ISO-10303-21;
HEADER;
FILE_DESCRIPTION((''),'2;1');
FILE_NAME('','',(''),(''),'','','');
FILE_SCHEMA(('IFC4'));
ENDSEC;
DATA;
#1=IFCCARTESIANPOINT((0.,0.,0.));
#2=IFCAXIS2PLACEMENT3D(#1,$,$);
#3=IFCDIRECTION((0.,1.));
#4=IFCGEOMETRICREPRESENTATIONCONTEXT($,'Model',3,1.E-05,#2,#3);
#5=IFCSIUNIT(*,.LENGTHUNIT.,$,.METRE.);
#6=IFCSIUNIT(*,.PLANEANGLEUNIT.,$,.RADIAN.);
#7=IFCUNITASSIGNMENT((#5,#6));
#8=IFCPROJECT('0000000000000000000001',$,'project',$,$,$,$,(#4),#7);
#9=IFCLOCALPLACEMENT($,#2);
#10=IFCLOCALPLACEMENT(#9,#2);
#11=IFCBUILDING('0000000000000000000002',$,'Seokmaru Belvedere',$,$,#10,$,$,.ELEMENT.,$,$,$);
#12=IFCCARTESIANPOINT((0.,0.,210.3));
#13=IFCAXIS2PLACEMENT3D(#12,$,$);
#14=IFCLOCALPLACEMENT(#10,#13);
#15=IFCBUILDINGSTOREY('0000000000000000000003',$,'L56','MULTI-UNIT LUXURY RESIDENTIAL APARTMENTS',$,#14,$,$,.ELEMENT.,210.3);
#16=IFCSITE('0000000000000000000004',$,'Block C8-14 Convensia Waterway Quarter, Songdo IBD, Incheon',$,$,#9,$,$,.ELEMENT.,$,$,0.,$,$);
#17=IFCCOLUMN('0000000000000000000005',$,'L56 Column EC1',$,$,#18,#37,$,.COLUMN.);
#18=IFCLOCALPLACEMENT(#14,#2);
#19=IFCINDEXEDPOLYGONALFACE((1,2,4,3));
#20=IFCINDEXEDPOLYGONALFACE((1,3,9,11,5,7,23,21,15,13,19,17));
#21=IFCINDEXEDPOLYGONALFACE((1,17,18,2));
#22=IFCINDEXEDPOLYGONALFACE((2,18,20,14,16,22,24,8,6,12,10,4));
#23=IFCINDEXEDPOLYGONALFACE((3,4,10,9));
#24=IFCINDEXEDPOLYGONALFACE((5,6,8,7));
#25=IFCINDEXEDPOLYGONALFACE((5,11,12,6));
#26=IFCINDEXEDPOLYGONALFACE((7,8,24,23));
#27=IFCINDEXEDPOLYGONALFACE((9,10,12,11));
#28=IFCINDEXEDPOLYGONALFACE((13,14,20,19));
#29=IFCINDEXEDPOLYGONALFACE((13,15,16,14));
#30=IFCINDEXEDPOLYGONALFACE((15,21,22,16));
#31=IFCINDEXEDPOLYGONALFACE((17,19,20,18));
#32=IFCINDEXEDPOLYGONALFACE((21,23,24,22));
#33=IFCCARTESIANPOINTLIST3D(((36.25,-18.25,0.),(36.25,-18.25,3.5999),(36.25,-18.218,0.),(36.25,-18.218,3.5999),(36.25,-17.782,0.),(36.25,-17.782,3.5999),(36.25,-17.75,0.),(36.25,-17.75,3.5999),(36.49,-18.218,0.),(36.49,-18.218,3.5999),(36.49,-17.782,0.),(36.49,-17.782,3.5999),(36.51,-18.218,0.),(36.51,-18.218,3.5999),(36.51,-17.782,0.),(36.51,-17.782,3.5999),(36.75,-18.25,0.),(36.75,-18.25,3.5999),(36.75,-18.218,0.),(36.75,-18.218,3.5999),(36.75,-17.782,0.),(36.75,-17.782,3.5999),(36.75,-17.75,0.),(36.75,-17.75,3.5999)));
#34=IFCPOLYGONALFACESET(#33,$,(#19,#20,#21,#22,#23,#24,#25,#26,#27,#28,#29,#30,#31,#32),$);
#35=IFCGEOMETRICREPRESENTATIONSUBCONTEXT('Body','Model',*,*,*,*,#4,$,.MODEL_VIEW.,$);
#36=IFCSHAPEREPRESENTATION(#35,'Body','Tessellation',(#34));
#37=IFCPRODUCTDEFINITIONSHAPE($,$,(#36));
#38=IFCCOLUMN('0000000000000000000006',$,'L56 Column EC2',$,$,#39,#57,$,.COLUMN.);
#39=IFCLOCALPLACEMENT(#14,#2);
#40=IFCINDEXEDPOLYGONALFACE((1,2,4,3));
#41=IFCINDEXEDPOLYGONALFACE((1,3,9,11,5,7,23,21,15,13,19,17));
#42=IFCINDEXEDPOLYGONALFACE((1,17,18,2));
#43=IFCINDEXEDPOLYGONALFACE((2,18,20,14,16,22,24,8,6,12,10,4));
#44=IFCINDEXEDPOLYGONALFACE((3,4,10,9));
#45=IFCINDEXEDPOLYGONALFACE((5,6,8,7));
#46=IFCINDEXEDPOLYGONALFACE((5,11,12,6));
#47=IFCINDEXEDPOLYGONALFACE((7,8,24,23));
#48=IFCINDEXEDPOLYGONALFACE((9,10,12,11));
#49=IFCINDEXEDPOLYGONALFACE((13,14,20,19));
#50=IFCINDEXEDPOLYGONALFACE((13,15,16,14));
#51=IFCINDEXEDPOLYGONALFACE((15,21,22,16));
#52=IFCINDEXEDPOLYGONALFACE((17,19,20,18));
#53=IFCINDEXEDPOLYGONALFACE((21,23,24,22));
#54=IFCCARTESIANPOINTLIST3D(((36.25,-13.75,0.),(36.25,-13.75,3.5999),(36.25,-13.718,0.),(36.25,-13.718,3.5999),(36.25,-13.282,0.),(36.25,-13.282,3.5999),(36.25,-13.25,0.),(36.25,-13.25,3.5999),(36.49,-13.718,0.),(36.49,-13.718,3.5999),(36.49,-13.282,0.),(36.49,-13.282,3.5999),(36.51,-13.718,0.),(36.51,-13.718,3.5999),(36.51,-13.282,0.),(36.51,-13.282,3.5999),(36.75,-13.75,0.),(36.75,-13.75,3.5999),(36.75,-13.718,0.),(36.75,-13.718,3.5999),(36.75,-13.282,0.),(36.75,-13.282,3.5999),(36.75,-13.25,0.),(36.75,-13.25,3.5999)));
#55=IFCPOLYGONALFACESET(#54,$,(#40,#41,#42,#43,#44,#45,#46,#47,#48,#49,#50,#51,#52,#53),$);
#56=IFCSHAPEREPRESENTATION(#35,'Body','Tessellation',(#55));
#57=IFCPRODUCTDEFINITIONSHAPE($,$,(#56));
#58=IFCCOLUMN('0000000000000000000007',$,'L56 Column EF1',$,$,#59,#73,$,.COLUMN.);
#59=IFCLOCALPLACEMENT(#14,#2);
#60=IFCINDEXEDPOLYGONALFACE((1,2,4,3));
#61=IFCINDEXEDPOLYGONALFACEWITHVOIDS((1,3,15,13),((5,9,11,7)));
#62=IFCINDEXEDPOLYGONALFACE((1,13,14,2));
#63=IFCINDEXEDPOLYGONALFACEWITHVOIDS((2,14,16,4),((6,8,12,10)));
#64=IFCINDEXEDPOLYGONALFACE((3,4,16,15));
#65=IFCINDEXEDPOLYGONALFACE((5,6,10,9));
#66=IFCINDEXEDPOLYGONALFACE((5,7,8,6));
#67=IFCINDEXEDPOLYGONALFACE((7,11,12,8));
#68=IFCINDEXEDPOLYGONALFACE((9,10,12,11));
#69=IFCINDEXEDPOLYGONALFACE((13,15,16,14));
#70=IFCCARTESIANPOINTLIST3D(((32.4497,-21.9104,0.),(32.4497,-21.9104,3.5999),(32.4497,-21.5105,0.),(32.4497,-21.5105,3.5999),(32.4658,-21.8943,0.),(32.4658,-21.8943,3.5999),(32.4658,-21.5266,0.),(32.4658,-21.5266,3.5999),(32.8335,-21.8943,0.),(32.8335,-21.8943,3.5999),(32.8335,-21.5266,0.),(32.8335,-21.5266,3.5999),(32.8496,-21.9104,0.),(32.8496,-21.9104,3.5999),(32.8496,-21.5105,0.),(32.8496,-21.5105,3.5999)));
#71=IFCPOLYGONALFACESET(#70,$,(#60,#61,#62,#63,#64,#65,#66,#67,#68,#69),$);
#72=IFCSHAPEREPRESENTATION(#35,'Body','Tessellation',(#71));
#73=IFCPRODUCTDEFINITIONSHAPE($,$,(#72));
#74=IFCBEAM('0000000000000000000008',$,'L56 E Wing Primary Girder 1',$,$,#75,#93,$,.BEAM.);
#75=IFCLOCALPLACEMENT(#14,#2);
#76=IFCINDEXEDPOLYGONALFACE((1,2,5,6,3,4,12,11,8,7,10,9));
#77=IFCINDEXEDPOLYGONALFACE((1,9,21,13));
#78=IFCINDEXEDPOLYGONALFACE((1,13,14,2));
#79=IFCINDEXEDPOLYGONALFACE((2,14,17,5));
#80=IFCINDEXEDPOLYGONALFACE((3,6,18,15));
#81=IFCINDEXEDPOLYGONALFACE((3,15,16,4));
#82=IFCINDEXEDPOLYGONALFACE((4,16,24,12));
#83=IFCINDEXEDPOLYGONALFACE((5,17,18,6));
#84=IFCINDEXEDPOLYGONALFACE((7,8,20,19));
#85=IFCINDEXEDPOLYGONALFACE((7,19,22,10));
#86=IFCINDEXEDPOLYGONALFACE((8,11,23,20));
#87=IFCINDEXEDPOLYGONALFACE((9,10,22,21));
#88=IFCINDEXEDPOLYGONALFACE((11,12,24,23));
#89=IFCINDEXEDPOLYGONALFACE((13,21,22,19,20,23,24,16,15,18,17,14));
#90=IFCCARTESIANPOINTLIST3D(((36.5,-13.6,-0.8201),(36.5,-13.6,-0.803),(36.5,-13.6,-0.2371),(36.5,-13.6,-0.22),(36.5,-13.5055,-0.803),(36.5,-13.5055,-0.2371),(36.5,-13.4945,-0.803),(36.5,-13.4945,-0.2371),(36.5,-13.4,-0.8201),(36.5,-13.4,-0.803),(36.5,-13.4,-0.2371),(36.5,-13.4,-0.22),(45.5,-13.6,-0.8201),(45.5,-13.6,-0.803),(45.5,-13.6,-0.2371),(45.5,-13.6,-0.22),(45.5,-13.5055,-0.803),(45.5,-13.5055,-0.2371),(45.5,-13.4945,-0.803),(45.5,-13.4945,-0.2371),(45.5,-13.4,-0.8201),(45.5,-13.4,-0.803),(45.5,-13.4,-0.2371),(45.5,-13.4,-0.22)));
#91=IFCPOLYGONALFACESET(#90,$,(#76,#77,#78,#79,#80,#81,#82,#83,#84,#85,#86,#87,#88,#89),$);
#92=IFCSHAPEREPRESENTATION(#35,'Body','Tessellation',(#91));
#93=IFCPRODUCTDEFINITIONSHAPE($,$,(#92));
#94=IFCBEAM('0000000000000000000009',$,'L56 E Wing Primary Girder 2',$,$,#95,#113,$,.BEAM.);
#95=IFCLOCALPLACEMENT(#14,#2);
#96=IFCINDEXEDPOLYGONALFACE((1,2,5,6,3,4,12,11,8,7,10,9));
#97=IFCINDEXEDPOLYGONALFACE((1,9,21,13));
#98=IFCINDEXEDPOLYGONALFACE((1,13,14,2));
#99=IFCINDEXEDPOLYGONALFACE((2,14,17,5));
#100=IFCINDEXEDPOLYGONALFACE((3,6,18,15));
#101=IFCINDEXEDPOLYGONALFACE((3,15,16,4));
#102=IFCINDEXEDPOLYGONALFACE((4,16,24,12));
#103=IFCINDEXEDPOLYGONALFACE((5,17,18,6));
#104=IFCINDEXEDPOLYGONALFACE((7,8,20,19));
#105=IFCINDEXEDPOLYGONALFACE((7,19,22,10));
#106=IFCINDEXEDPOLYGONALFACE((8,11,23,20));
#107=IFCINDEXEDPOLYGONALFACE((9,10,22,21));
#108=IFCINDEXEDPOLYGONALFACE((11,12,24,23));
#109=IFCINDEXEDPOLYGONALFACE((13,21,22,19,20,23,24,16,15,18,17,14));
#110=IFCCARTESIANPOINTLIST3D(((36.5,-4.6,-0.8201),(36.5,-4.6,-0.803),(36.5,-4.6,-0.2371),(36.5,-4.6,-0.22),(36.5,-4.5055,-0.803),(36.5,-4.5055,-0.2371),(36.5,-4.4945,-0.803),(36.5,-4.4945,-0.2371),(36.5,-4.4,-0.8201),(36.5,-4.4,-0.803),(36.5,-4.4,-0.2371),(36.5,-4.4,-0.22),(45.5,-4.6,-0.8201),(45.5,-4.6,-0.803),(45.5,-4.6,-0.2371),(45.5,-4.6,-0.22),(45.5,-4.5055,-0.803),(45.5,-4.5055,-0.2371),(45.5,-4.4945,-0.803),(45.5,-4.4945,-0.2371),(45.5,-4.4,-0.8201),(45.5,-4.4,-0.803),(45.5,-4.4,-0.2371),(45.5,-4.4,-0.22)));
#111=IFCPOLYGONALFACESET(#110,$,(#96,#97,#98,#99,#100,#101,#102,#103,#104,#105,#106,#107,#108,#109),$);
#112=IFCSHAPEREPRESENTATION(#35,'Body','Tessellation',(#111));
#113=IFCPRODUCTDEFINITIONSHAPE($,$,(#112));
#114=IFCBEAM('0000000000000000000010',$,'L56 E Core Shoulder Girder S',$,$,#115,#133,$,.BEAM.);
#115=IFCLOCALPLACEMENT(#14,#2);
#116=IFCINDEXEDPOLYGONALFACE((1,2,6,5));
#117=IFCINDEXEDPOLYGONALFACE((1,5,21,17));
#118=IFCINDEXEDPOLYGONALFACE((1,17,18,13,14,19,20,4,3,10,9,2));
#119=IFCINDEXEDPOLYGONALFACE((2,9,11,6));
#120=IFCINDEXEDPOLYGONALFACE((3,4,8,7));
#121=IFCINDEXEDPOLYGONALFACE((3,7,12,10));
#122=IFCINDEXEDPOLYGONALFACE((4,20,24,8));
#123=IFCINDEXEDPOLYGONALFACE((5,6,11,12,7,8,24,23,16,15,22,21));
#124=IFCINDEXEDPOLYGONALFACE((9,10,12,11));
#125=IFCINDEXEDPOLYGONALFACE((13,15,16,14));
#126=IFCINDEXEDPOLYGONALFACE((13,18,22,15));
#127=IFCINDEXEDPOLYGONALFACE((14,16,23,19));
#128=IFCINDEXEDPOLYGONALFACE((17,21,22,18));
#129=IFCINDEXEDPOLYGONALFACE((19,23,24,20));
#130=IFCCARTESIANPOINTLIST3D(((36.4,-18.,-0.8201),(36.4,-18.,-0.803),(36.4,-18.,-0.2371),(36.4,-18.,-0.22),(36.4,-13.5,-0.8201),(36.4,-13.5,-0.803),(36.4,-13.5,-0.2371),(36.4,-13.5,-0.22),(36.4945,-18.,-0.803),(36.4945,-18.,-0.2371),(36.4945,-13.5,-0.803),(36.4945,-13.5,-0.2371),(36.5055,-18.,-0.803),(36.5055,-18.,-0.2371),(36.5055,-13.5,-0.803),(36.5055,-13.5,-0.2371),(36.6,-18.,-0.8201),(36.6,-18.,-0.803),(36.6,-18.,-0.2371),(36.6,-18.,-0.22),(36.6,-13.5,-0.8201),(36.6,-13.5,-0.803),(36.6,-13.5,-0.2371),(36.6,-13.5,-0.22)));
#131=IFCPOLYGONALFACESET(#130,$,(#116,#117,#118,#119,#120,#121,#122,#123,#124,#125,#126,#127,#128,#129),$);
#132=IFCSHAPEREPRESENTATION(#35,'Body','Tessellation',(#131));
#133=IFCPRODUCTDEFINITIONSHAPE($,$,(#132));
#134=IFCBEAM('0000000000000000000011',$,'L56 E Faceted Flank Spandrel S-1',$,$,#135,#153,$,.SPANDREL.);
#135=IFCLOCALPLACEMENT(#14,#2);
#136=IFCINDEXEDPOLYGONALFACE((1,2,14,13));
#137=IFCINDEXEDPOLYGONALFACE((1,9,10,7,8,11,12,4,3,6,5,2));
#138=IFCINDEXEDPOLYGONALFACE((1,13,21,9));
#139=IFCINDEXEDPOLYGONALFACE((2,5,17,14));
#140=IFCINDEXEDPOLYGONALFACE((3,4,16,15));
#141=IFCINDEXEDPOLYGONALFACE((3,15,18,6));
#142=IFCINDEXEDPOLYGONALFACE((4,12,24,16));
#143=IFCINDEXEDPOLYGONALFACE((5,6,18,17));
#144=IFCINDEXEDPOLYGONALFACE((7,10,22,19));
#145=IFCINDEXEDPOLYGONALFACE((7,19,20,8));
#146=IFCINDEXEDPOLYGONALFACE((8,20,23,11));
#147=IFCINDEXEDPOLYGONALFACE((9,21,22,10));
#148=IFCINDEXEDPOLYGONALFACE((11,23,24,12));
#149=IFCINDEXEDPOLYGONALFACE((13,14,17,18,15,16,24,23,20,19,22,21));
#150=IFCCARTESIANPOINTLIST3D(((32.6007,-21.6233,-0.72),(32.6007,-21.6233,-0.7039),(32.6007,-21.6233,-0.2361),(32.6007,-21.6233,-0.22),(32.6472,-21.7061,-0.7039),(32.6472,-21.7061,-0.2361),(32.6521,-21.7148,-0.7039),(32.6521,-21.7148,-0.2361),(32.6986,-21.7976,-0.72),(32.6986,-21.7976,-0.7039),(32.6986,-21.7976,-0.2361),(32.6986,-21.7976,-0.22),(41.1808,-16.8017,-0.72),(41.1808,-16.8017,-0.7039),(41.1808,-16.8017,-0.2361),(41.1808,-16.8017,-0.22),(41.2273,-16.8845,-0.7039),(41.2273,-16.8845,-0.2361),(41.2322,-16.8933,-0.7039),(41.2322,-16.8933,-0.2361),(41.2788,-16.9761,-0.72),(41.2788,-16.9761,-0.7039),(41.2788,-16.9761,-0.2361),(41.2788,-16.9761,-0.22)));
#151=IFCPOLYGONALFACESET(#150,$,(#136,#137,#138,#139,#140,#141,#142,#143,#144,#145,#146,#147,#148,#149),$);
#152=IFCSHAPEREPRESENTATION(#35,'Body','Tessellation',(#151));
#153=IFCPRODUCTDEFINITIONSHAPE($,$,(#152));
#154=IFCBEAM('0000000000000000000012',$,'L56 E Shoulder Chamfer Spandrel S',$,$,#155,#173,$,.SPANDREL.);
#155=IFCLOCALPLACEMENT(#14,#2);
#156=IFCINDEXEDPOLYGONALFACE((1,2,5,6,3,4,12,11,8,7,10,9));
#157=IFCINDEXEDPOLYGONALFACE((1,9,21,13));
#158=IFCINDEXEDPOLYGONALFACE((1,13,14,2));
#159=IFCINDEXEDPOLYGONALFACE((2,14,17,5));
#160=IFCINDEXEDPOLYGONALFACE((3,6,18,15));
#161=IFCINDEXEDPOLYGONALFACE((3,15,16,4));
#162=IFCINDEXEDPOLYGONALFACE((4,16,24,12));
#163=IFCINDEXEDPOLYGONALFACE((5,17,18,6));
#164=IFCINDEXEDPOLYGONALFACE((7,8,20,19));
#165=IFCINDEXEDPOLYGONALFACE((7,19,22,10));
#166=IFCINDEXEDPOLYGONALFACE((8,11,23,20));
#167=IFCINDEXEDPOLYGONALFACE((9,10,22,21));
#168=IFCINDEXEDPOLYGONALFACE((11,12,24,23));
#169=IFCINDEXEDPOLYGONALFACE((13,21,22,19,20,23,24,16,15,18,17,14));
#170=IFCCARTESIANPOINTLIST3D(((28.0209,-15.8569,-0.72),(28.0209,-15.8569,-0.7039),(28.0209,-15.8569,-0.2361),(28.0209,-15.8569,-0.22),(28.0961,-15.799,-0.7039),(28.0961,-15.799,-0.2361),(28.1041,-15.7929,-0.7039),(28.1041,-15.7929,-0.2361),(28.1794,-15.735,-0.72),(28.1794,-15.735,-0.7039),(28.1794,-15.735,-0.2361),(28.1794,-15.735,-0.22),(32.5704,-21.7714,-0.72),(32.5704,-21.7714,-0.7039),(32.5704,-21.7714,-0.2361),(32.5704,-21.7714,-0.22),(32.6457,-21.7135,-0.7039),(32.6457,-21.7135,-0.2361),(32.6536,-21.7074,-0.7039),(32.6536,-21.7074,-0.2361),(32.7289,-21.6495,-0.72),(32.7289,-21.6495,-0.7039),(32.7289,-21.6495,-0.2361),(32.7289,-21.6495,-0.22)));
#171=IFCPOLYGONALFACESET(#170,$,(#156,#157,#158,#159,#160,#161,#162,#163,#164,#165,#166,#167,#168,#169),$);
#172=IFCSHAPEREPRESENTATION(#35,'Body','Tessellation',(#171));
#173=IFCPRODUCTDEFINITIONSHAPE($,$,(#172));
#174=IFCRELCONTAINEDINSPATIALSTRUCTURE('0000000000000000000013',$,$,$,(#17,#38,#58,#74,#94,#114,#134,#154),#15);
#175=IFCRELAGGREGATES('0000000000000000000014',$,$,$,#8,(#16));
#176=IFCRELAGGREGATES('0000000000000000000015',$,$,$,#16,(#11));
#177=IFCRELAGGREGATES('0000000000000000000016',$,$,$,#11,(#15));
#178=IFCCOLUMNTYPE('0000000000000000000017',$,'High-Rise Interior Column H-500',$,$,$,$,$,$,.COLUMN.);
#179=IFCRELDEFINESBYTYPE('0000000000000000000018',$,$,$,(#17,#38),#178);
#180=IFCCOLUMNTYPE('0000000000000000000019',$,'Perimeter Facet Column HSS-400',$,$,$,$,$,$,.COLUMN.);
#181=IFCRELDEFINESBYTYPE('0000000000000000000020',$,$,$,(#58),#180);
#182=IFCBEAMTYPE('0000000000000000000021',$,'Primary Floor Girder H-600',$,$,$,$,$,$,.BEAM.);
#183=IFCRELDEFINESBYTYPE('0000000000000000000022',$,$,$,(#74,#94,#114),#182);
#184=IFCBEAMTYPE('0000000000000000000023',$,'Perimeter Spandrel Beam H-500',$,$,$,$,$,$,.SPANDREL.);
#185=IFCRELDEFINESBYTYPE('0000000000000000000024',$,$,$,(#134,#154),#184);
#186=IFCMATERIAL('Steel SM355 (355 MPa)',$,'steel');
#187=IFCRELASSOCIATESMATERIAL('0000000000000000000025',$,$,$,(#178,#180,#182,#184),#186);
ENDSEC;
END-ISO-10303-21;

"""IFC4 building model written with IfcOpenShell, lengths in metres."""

from ifc_helpers import new_model, si_unit, direction, frame, origin, origin_2d, place, context, subcontext, project, spatial, hollow_rectangle, i_section, extrude, source, transform, mapped, material, material_profile, profile_set, type_object, type_shapes, element, save


model = new_model("IFC4")

# Units and contexts
model_context = context("Model", 3, precision=1e-05, world=origin(), true_north=direction((0.0, 1.0)))
body_context = subcontext(model_context, "Body", "Model", "MODEL_VIEW")
ifc_project = project(units=[si_unit("LENGTHUNIT", "METRE"), si_unit("PLANEANGLEUNIT", "RADIAN")], contexts=[model_context])

# Site, building, storey
site_placement = place(None, origin())
site = spatial("IfcSite", under=ifc_project, at=site_placement, Name="Block C8-14 Convensia Waterway Quarter, Songdo IBD, Incheon", CompositionType="ELEMENT", RefElevation=0.0)
building_placement = place(site_placement, origin())
building = spatial("IfcBuilding", under=site, at=building_placement, Name="Seokmaru Belvedere", CompositionType="ELEMENT")
storey_placement = place(building_placement, frame((0.0, 0.0, 210.3)))
storey = spatial("IfcBuildingStorey", under=building, at=storey_placement, Name="L56", Description="MULTI-UNIT LUXURY RESIDENTIAL APARTMENTS", CompositionType="ELEMENT", Elevation=210.3)

# Columns
ifc_material_1 = material(Name="Steel SM355 (355 MPa)", Category="steel")
ifc_material_profile_1 = material_profile(ifc_material_1, i_section(OverallWidth=0.5, OverallDepth=0.5, WebThickness=0.02, FlangeThickness=0.032, at=origin_2d()), Name="H-500x500x20x32")
ifc_profile_set_1 = profile_set([ifc_material_profile_1], Name="Steel SM355 (355 MPa)")
column_type_1 = type_object("IfcColumnType", Name="High-Rise Interior Column H-500", PredefinedType="COLUMN", material=ifc_profile_set_1)
shared_shape_1 = source(origin(), body_context, "Body", "SweptSolid", [
    extrude(i_section(OverallWidth=0.5, OverallDepth=0.5, WebThickness=0.02, FlangeThickness=0.032, at=origin_2d()), origin(), (0.0, 0.0, 1.0), 3.5999),
])
type_shapes(column_type_1, [shared_shape_1])
for number, where, z_axis, x_axis, name in (
    (1, (36.5, -18.0, 0.0), (0.0, 0.0, 1.0), (1.0, 0.0, 0.0), "L56 Column EC1"),
    (2, (36.5, -13.5, 0.0), (0.0, 0.0, 1.0), (1.0, 0.0, 0.0), "L56 Column EC2"),
):
    element("IfcColumn", number, at=place(storey_placement, frame(where, z_axis=z_axis, x_axis=x_axis)), inside=storey, type_object=column_type_1, Name=name, PredefinedType="COLUMN", context=body_context, shape_type="MappedRepresentation", body=[
        mapped(shared_shape_1, transform((0.0, 0.0, 0.0), scale=1.0)),
    ])
ifc_material_profile_2 = material_profile(ifc_material_1, hollow_rectangle(XDim=0.3999, YDim=0.3999, WallThickness=0.0161, at=origin_2d()), Name="HSS-400x400x16")
ifc_profile_set_2 = profile_set([ifc_material_profile_2], Name="Steel SM355 (355 MPa)")
column_type_2 = type_object("IfcColumnType", Name="Perimeter Facet Column HSS-400", PredefinedType="COLUMN", material=ifc_profile_set_2)
shared_shape_2 = source(origin(), body_context, "Body", "SweptSolid", [
    extrude(hollow_rectangle(XDim=0.3999, YDim=0.3999, WallThickness=0.0161, at=origin_2d()), origin(), (0.0, 0.0, 1.0), 3.5999),
])
type_shapes(column_type_2, [shared_shape_2])
column_placement = place(storey_placement, frame((32.6497, -21.7104, 0.0), z_axis=(0.0, 0.0, 1.0), x_axis=(1.0, 0.0, 0.0)))
element("IfcColumn", 3, at=column_placement, inside=storey, type_object=column_type_2, Name="L56 Column EF1", PredefinedType="COLUMN", context=body_context, shape_type="MappedRepresentation", body=[
    mapped(shared_shape_2, transform((0.0, 0.0, 0.0), scale=1.0)),
])

# Beams
ifc_material_profile_3 = material_profile(ifc_material_1, i_section(OverallWidth=0.2, OverallDepth=0.6001, WebThickness=0.011, FlangeThickness=0.0171, at=origin_2d()), Name="H-600x200x11x17")
ifc_profile_set_3 = profile_set([ifc_material_profile_3], Name="Steel SM355 (355 MPa)")
beam_type_1 = type_object("IfcBeamType", Name="Primary Floor Girder H-600", PredefinedType="BEAM", material=ifc_profile_set_3)
shared_shape_3 = source(origin(), body_context, "Body", "SweptSolid", [
    extrude(i_section(OverallWidth=0.2, OverallDepth=0.6001, WebThickness=0.011, FlangeThickness=0.0171, at=origin_2d()), origin(), (0.0, 0.0, 1.0), 9.0),
])
for number, where, z_axis, x_axis, name in (
    (4, (36.5, -13.5, -0.52), (1.0, 0.0, 0.0), (0.0, 1.0, 0.0), "L56 E Wing Primary Girder 1"),
    (5, (36.5, -4.5, -0.52), (1.0, 0.0, 0.0), (0.0, 1.0, 0.0), "L56 E Wing Primary Girder 2"),
):
    element("IfcBeam", number, at=place(storey_placement, frame(where, z_axis=z_axis, x_axis=x_axis)), inside=storey, type_object=beam_type_1, Name=name, PredefinedType="BEAM", context=body_context, shape_type="MappedRepresentation", body=[
        mapped(shared_shape_3, transform((0.0, 0.0, 0.0), scale=1.0)),
    ])
shared_shape_4 = source(origin(), body_context, "Body", "SweptSolid", [
    extrude(i_section(OverallWidth=0.2, OverallDepth=0.6001, WebThickness=0.011, FlangeThickness=0.0171, at=origin_2d()), origin(), (0.0, 0.0, 1.0), 4.5),
])
type_shapes(beam_type_1, [shared_shape_3, shared_shape_4])
beam_1_placement = place(storey_placement, frame((36.5, -18.0, -0.52), z_axis=(0.0, 1.0, 0.0), x_axis=(-1.0, 0.0, 0.0)))
element("IfcBeam", 6, at=beam_1_placement, inside=storey, type_object=beam_type_1, Name="L56 E Core Shoulder Girder S", PredefinedType="BEAM", context=body_context, shape_type="MappedRepresentation", body=[
    mapped(shared_shape_4, transform((0.0, 0.0, 0.0), scale=1.0)),
])
ifc_material_profile_4 = material_profile(ifc_material_1, i_section(OverallWidth=0.2, OverallDepth=0.5, WebThickness=0.01, FlangeThickness=0.0161, at=origin_2d()), Name="H-500x200x10x16")
ifc_profile_set_4 = profile_set([ifc_material_profile_4], Name="Steel SM355 (355 MPa)")
beam_type_2 = type_object("IfcBeamType", Name="Perimeter Spandrel Beam H-500", PredefinedType="SPANDREL", material=ifc_profile_set_4)
shared_shape_5 = source(origin(), body_context, "Body", "SweptSolid", [
    extrude(i_section(OverallWidth=0.2, OverallDepth=0.5, WebThickness=0.01, FlangeThickness=0.0161, at=origin_2d()), origin(), (0.0, 0.0, 1.0), 9.842),
])
beam_2_placement = place(storey_placement, frame((32.6497, -21.7104, -0.47), z_axis=(0.871782, 0.489894, 0.0), x_axis=(-0.489894, 0.871782, 0.0)))
element("IfcBeam", 7, at=beam_2_placement, inside=storey, type_object=beam_type_2, Name="L56 E Faceted Flank Spandrel S-1", PredefinedType="SPANDREL", context=body_context, shape_type="MappedRepresentation", body=[
    mapped(shared_shape_5, transform((0.0, 0.0, 0.0), scale=1.0)),
])
shared_shape_6 = source(origin(), body_context, "Body", "SweptSolid", [
    extrude(i_section(OverallWidth=0.2, OverallDepth=0.5, WebThickness=0.01, FlangeThickness=0.0161, at=origin_2d()), origin(), (0.0, 0.0, 1.0), 7.4619),
])
type_shapes(beam_type_2, [shared_shape_5, shared_shape_6])
beam_3_placement = place(storey_placement, frame((32.6497, -21.7104, -0.47), z_axis=(-0.609703, 0.79263, 0.0), x_axis=(-0.79263, -0.609703, 0.0)))
element("IfcBeam", 8, at=beam_3_placement, inside=storey, type_object=beam_type_2, Name="L56 E Shoulder Chamfer Spandrel S", PredefinedType="SPANDREL", context=body_context, shape_type="MappedRepresentation", body=[
    mapped(shared_shape_6, transform((0.0, 0.0, 0.0), scale=1.0)),
])

save(model, "model.ifc")
